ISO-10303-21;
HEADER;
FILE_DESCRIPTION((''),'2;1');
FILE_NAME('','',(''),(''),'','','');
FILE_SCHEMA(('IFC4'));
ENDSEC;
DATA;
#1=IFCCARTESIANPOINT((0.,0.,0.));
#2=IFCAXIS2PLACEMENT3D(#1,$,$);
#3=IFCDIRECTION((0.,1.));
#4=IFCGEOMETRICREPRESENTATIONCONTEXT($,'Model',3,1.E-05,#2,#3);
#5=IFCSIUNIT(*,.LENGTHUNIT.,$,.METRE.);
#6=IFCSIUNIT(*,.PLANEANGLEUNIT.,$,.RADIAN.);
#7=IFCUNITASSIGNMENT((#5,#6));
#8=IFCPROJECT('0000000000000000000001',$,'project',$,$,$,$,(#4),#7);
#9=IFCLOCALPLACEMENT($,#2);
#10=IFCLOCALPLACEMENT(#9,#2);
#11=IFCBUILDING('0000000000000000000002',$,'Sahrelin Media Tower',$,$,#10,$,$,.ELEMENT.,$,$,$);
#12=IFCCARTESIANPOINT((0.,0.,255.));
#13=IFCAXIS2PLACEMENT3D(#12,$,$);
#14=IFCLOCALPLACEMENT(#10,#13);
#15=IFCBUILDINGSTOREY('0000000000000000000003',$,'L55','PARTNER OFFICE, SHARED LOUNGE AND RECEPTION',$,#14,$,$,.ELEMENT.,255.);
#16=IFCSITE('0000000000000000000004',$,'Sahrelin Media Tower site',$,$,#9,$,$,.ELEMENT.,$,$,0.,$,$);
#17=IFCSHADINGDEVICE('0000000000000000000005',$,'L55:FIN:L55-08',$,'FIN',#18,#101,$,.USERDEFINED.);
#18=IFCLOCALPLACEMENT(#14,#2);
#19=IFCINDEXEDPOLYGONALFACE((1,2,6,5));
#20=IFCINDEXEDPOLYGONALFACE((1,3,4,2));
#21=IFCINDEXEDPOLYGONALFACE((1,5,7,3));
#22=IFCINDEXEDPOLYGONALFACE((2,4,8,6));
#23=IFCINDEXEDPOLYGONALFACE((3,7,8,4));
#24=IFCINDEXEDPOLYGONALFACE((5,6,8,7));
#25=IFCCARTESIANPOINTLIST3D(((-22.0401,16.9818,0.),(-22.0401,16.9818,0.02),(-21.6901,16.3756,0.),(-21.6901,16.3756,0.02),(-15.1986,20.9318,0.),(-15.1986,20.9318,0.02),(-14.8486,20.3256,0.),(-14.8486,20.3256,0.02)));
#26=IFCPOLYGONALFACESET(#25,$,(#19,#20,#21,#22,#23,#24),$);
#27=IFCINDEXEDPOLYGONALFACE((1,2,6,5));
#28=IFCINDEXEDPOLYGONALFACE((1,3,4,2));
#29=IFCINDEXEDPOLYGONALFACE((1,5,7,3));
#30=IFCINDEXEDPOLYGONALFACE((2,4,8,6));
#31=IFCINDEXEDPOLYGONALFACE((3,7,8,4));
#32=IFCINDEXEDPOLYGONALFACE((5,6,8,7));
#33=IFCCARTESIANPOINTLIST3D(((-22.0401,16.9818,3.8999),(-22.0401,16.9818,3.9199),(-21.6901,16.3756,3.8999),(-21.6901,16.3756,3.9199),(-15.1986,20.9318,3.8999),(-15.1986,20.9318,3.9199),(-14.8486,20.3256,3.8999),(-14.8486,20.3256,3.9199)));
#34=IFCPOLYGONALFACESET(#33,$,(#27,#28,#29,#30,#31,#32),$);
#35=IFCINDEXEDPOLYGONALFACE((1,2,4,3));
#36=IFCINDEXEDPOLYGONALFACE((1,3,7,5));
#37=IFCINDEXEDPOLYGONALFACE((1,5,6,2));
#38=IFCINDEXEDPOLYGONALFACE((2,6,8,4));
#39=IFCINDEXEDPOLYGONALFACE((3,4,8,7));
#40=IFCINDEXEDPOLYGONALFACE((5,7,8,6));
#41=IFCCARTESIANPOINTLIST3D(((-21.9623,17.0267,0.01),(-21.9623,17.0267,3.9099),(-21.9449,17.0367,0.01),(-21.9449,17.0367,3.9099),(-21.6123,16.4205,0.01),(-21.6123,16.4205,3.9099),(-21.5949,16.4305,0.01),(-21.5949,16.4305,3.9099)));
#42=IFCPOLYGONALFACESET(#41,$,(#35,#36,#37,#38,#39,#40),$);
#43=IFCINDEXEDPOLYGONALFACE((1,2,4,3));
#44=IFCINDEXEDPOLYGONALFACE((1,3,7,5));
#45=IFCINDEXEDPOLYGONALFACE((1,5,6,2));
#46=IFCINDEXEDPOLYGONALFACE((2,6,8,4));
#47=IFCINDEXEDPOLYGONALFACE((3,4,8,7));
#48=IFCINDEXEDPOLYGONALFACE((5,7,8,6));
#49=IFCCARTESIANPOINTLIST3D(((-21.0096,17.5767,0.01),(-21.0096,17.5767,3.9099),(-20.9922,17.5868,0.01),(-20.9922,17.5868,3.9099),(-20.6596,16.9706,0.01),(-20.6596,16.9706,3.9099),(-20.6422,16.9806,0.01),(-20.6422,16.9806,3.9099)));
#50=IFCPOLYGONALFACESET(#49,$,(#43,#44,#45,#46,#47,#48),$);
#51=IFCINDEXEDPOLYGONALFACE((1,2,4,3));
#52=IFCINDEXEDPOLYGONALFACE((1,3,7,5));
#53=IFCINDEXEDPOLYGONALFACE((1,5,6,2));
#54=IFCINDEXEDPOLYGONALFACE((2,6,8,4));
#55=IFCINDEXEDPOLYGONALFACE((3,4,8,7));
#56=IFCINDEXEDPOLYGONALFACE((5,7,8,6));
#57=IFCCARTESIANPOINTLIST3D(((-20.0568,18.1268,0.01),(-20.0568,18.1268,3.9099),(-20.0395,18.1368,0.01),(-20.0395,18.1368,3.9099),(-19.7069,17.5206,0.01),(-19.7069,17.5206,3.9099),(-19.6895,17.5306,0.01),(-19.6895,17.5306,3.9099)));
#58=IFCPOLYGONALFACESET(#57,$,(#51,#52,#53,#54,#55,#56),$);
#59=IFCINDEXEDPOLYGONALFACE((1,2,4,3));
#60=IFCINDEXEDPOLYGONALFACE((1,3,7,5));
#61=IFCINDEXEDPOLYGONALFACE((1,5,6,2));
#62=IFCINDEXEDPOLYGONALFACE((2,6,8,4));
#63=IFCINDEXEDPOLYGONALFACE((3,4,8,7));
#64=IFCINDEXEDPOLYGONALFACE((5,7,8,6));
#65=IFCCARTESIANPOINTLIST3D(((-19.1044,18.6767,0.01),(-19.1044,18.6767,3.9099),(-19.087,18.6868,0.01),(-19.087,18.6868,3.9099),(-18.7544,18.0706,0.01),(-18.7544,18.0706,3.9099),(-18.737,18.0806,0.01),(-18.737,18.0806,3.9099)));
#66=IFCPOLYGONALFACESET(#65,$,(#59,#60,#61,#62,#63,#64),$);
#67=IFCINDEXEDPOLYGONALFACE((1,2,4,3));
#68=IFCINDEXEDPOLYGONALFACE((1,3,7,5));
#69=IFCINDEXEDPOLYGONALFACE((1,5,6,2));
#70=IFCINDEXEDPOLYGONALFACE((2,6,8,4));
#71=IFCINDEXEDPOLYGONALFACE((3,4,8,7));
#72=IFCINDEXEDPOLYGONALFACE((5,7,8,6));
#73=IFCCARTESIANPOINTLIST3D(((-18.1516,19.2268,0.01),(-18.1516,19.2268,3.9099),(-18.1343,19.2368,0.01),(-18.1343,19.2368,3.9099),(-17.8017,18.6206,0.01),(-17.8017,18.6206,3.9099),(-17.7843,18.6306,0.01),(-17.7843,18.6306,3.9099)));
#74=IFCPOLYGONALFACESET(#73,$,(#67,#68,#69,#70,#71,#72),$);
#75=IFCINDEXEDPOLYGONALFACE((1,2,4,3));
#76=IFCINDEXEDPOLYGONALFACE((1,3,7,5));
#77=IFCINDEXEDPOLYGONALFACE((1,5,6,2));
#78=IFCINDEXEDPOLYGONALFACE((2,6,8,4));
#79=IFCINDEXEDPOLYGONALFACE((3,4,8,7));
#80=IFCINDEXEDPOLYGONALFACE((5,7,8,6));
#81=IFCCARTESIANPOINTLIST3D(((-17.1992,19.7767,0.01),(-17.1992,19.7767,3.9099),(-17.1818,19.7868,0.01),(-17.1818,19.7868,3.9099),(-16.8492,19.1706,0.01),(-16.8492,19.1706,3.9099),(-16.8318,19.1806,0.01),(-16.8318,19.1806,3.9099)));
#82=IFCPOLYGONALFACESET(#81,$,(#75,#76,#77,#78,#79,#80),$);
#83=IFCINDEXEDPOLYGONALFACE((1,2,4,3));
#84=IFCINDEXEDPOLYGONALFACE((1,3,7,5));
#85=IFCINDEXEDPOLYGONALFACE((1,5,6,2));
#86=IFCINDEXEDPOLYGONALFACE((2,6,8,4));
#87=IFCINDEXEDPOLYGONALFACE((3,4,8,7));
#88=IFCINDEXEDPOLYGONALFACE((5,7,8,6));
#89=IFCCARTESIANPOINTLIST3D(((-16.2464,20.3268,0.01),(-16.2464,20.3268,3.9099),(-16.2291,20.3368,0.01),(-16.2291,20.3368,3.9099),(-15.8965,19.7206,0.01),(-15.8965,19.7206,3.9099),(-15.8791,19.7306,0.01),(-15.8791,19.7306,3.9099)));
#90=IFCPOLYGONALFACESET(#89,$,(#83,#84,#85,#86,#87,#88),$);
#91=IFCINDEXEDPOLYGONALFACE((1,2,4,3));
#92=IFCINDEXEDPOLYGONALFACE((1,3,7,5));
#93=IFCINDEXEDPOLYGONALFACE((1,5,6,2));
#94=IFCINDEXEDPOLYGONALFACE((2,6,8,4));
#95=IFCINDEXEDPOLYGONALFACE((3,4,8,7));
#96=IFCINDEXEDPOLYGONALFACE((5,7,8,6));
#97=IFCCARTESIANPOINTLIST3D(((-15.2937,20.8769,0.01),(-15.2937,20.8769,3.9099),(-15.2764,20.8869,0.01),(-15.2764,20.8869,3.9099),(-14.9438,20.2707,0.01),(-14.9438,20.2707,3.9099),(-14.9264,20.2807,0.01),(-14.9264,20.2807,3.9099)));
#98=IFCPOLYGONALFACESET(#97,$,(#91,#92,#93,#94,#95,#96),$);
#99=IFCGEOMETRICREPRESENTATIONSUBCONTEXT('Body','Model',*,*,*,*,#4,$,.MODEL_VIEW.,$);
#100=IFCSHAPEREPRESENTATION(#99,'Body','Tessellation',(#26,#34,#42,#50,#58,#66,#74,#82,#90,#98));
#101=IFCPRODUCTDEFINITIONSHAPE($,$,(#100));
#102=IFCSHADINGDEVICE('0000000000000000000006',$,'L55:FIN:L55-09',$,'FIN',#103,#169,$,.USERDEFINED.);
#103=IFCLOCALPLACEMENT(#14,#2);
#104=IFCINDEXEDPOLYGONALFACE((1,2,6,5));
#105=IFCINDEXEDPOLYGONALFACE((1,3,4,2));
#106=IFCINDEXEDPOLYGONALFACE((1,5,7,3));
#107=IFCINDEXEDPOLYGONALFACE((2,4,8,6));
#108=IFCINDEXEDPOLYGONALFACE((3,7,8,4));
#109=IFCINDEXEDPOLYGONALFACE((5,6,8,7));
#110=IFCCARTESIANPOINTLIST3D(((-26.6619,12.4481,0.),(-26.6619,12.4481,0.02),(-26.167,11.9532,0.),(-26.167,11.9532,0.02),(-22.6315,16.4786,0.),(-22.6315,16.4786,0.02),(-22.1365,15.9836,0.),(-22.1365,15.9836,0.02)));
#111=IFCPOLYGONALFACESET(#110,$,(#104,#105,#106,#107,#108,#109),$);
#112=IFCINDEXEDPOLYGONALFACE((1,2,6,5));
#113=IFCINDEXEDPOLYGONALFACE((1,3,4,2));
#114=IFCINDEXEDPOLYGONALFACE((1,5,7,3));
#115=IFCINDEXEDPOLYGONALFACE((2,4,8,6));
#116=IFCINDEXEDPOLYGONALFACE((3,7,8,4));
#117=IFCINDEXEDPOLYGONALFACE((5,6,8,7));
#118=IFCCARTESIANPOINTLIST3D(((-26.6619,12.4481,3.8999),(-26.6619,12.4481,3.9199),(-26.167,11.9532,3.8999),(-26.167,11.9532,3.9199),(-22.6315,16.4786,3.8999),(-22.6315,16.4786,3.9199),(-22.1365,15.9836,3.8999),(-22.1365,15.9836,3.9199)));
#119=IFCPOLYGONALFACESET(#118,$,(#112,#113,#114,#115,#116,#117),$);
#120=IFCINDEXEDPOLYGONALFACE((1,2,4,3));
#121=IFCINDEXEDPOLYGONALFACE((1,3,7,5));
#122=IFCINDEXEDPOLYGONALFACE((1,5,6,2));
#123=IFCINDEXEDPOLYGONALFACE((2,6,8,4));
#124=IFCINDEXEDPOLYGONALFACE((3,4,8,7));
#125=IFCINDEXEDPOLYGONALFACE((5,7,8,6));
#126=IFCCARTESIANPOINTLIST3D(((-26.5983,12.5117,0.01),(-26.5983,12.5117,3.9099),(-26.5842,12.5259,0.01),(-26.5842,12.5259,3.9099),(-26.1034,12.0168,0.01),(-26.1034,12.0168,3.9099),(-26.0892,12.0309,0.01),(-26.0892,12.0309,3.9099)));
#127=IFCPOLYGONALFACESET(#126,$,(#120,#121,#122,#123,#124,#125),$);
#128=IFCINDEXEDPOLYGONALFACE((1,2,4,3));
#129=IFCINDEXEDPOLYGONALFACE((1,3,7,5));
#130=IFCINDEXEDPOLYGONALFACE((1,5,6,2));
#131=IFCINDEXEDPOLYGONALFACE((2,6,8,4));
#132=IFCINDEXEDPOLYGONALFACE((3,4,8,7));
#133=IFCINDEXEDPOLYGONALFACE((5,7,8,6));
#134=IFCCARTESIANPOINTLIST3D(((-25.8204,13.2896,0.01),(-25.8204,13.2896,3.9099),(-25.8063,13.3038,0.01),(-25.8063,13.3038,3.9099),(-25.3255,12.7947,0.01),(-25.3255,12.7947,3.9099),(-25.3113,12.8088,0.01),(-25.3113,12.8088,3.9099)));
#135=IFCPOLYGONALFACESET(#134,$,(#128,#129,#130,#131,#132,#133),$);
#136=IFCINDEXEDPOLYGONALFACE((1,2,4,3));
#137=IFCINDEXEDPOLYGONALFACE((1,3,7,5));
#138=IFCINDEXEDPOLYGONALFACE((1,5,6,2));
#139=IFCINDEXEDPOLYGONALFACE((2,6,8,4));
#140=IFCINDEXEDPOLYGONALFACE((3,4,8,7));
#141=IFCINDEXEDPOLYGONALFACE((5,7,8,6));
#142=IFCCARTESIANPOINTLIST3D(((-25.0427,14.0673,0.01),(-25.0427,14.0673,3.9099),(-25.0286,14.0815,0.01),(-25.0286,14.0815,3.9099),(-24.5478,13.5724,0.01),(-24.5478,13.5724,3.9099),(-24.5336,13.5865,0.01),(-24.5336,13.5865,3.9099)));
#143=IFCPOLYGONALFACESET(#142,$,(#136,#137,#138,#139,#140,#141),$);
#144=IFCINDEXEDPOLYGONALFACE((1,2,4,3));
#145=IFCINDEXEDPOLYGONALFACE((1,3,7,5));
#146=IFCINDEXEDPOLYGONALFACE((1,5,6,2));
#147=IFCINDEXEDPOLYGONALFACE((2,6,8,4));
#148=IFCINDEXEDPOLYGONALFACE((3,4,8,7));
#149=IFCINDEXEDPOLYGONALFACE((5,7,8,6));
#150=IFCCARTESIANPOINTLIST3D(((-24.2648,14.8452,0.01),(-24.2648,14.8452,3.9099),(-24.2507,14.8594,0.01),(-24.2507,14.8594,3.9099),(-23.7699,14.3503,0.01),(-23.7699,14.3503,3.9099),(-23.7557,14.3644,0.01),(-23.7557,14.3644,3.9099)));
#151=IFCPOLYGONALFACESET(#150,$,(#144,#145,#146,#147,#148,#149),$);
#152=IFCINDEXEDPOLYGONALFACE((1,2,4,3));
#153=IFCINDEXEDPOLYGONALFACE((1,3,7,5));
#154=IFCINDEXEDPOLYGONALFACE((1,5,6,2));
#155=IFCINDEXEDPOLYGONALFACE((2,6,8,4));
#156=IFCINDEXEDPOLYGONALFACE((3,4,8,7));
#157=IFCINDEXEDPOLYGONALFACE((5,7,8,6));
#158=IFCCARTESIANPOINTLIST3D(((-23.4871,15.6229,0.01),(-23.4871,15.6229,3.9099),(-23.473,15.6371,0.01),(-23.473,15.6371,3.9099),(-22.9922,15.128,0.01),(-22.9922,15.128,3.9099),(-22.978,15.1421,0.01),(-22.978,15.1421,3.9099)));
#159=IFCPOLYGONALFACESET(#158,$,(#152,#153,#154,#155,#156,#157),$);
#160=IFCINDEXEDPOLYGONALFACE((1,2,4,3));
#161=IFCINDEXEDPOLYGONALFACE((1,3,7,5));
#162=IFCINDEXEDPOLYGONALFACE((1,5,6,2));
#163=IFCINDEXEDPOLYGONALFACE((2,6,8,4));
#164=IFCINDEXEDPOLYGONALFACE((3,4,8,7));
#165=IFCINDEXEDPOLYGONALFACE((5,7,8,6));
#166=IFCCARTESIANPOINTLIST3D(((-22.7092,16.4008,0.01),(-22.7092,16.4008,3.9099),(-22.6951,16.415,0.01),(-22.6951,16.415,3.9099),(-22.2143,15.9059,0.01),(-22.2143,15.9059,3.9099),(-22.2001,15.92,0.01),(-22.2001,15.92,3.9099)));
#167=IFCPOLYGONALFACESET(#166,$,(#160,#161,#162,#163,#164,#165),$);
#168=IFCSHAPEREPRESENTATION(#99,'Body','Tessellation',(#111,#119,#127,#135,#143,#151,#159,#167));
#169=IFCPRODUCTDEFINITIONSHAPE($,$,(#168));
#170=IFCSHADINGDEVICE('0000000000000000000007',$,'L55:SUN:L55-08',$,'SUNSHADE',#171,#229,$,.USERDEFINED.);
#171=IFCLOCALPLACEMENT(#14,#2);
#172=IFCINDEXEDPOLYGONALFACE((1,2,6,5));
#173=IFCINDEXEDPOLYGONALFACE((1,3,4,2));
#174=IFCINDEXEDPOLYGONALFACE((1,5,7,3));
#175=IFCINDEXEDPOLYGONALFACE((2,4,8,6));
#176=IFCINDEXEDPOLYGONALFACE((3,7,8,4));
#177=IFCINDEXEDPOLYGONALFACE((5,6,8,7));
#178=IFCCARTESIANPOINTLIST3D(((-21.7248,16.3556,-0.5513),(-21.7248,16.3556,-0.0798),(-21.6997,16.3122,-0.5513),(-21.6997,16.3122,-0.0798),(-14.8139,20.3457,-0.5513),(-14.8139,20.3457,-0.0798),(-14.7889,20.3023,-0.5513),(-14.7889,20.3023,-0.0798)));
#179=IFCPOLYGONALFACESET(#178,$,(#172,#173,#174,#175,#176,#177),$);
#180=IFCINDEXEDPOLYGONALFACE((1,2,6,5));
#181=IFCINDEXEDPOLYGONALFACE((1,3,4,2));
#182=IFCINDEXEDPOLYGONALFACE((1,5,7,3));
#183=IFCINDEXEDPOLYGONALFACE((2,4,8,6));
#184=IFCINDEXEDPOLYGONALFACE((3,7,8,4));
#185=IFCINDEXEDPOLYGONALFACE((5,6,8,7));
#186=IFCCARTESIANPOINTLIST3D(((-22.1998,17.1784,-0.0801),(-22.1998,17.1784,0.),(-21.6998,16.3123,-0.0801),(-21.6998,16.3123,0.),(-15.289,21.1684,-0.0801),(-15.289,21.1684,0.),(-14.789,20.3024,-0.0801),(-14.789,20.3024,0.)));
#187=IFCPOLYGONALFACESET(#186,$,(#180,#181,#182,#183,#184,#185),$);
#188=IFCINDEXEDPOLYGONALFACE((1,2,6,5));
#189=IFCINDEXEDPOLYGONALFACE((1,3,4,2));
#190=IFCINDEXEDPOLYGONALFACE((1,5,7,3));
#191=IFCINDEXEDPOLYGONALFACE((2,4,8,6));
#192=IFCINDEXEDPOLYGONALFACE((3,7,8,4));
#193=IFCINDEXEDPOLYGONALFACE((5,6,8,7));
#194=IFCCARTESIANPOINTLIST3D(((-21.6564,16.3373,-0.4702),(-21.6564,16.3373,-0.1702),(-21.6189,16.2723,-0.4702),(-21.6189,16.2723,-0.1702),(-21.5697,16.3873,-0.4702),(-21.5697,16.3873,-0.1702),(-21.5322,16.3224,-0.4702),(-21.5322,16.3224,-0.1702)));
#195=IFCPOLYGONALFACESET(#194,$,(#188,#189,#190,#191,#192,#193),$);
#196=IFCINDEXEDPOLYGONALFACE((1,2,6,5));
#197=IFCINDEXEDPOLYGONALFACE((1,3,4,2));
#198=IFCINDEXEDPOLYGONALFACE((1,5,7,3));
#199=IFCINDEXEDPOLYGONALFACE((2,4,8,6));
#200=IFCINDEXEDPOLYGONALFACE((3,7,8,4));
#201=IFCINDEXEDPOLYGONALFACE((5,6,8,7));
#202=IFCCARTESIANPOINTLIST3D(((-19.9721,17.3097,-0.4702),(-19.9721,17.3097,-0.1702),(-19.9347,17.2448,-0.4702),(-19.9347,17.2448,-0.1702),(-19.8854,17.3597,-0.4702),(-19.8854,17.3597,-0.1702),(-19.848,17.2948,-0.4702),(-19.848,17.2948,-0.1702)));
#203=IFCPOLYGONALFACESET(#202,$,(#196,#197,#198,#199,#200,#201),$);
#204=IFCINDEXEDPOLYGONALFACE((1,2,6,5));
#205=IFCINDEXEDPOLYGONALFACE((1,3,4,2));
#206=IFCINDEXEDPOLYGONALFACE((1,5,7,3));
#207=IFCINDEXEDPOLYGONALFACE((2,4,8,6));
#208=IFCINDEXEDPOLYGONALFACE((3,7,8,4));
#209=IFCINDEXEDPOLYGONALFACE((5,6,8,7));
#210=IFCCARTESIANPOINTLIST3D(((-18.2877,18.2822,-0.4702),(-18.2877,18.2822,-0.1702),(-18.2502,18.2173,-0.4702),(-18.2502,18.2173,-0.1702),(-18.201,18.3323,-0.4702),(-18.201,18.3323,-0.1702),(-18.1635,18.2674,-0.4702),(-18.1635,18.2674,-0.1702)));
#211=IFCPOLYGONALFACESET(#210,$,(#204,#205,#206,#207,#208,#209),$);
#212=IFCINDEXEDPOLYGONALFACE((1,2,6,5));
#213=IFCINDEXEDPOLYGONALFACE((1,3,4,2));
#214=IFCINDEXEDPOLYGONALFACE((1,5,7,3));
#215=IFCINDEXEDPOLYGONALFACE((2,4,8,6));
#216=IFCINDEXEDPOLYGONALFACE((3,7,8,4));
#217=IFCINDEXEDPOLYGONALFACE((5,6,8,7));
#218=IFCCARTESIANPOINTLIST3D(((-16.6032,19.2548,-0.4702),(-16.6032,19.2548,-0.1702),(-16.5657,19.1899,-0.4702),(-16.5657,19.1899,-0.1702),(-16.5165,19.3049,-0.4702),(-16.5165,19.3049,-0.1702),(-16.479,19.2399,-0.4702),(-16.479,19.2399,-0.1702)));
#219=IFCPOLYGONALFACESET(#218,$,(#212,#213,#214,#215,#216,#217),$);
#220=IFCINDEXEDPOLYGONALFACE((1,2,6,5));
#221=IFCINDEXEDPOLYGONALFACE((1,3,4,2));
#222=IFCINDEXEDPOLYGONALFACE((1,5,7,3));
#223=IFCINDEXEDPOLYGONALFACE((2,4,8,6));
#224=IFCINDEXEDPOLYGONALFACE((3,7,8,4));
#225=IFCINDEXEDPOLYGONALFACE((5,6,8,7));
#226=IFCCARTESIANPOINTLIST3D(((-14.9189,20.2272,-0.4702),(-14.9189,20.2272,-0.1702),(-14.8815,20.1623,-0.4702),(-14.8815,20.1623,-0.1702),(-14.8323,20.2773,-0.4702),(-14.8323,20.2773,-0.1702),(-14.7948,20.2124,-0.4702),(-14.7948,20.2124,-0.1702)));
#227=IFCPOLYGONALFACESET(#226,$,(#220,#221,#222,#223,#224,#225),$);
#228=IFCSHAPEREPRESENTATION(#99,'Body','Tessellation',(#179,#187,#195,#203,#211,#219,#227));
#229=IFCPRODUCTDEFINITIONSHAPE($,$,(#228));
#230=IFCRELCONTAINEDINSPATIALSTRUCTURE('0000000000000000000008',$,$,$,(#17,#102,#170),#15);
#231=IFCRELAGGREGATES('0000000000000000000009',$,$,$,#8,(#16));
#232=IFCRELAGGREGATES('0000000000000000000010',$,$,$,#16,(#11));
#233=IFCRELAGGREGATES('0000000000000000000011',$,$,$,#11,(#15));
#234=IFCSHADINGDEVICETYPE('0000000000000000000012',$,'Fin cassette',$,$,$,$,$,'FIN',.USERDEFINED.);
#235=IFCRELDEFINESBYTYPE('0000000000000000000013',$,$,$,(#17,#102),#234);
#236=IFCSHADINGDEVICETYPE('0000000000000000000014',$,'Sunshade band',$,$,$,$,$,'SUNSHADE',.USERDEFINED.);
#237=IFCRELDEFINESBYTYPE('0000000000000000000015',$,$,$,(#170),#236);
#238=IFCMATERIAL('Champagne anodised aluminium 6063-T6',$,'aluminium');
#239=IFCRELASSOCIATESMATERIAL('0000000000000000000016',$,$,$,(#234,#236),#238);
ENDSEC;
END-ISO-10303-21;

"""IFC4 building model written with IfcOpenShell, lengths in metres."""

from ifc_helpers import new_model, si_unit, direction, frame, origin, origin_2d, place, context, subcontext, project, spatial, rectangle, extrude, material, type_object, element, save


model = new_model("IFC4")

# Units and contexts
model_context = context("Model", 3, precision=1e-05, world=origin(), true_north=direction((0.0, 1.0)))
body_context = subcontext(model_context, "Body", "Model", "MODEL_VIEW")
ifc_project = project(units=[si_unit("LENGTHUNIT", "METRE"), si_unit("PLANEANGLEUNIT", "RADIAN")], contexts=[model_context])

# Site, building, storey
site_placement = place(None, origin())
site = spatial("IfcSite", under=ifc_project, at=site_placement, Name="Sahrelin Media Tower site", CompositionType="ELEMENT", RefElevation=0.0)
building_placement = place(site_placement, origin())
building = spatial("IfcBuilding", under=site, at=building_placement, Name="Sahrelin Media Tower", CompositionType="ELEMENT")
storey_placement = place(building_placement, frame((0.0, 0.0, 255.0)))
storey = spatial("IfcBuildingStorey", under=building, at=storey_placement, Name="L55", Description="PARTNER OFFICE, SHARED LOUNGE AND RECEPTION", CompositionType="ELEMENT", Elevation=255.0)

# Shared definitions
ifc_material_1 = material(Name="Champagne anodised aluminium 6063-T6", Category="aluminium")

# Shading devices
shading_device_type_1 = type_object("IfcShadingDeviceType", Name="Fin cassette", ElementType="FIN", PredefinedType="USERDEFINED", material=ifc_material_1)
placement_1 = place(storey_placement, frame((-18.2344, 18.29, 0.0), z_axis=(0.0, 0.0, 1.0), x_axis=(0.866019, 0.500011, 0.0)))
element("IfcShadingDevice", 1, at=placement_1, inside=storey, type_object=shading_device_type_1, Name="L55:FIN:L55-08", ObjectType="FIN", PredefinedType="USERDEFINED", context=body_context, shape_type="SweptSolid", body=[
    extrude(rectangle(XDim=7.8999, YDim=0.7, at=origin_2d()), frame((0.0, 0.4199, 0.0)), (0.0, 0.0, 1.0), 0.02),
    extrude(rectangle(XDim=7.8999, YDim=0.7, at=origin_2d()), frame((0.0, 0.4199, 3.8999)), (0.0, 0.0, 1.0), 0.02),
    extrude(rectangle(XDim=0.02, YDim=0.7, at=origin_2d()), frame((-3.8501, 0.4199, 0.01), z_axis=(0.0, 0.0, 1.0), x_axis=(1.0, 0.0, 0.0)), (0.0, 0.0, 1.0), 3.8999),
    extrude(rectangle(XDim=0.02, YDim=0.7, at=origin_2d()), frame((-2.75, 0.4199, 0.01), z_axis=(0.0, 0.0, 1.0), x_axis=(1.0, 0.0, 0.0)), (0.0, 0.0, 1.0), 3.8999),
    extrude(rectangle(XDim=0.02, YDim=0.7, at=origin_2d()), frame((-1.6499, 0.4199, 0.01), z_axis=(0.0, 0.0, 1.0), x_axis=(1.0, 0.0, 0.0)), (0.0, 0.0, 1.0), 3.8999),
    extrude(rectangle(XDim=0.02, YDim=0.7, at=origin_2d()), frame((-0.55, 0.4199, 0.01), z_axis=(0.0, 0.0, 1.0), x_axis=(1.0, 0.0, 0.0)), (0.0, 0.0, 1.0), 3.8999),
    extrude(rectangle(XDim=0.02, YDim=0.7, at=origin_2d()), frame((0.55, 0.4199, 0.01), z_axis=(0.0, 0.0, 1.0), x_axis=(1.0, 0.0, 0.0)), (0.0, 0.0, 1.0), 3.8999),
    extrude(rectangle(XDim=0.02, YDim=0.7, at=origin_2d()), frame((1.6499, 0.4199, 0.01), z_axis=(0.0, 0.0, 1.0), x_axis=(1.0, 0.0, 0.0)), (0.0, 0.0, 1.0), 3.8999),
    extrude(rectangle(XDim=0.02, YDim=0.7, at=origin_2d()), frame((2.75, 0.4199, 0.01), z_axis=(0.0, 0.0, 1.0), x_axis=(1.0, 0.0, 0.0)), (0.0, 0.0, 1.0), 3.8999),
    extrude(rectangle(XDim=0.02, YDim=0.7, at=origin_2d()), frame((3.8501, 0.4199, 0.01), z_axis=(0.0, 0.0, 1.0), x_axis=(1.0, 0.0, 0.0)), (0.0, 0.0, 1.0), 3.8999),
])
placement_2 = place(storey_placement, frame((-24.1023, 13.9189, 0.0), z_axis=(0.0, 0.0, 1.0), x_axis=(0.707107, 0.707107, 0.0)))
element("IfcShadingDevice", 2, at=placement_2, inside=storey, type_object=shading_device_type_1, Name="L55:FIN:L55-09", ObjectType="FIN", PredefinedType="USERDEFINED", context=body_context, shape_type="SweptSolid", body=[
    extrude(rectangle(XDim=5.7, YDim=0.7, at=origin_2d()), frame((0.0, 0.4199, 0.0)), (0.0, 0.0, 1.0), 0.02),
    extrude(rectangle(XDim=5.7, YDim=0.7, at=origin_2d()), frame((0.0, 0.4199, 3.8999)), (0.0, 0.0, 1.0), 0.02),
    extrude(rectangle(XDim=0.02, YDim=0.7, at=origin_2d()), frame((-2.75, 0.4199, 0.01), z_axis=(0.0, 0.0, 1.0), x_axis=(1.0, 0.0, 0.0)), (0.0, 0.0, 1.0), 3.8999),
    extrude(rectangle(XDim=0.02, YDim=0.7, at=origin_2d()), frame((-1.6499, 0.4199, 0.01), z_axis=(0.0, 0.0, 1.0), x_axis=(1.0, 0.0, 0.0)), (0.0, 0.0, 1.0), 3.8999),
    extrude(rectangle(XDim=0.02, YDim=0.7, at=origin_2d()), frame((-0.55, 0.4199, 0.01), z_axis=(0.0, 0.0, 1.0), x_axis=(1.0, 0.0, 0.0)), (0.0, 0.0, 1.0), 3.8999),
    extrude(rectangle(XDim=0.02, YDim=0.7, at=origin_2d()), frame((0.55, 0.4199, 0.01), z_axis=(0.0, 0.0, 1.0), x_axis=(1.0, 0.0, 0.0)), (0.0, 0.0, 1.0), 3.8999),
    extrude(rectangle(XDim=0.02, YDim=0.7, at=origin_2d()), frame((1.6499, 0.4199, 0.01), z_axis=(0.0, 0.0, 1.0), x_axis=(1.0, 0.0, 0.0)), (0.0, 0.0, 1.0), 3.8999),
    extrude(rectangle(XDim=0.02, YDim=0.7, at=origin_2d()), frame((2.75, 0.4199, 0.01), z_axis=(0.0, 0.0, 1.0), x_axis=(1.0, 0.0, 0.0)), (0.0, 0.0, 1.0), 3.8999),
])
shading_device_type_2 = type_object("IfcShadingDeviceType", Name="Sunshade band", ElementType="SUNSHADE", PredefinedType="USERDEFINED", material=ifc_material_1)
element("IfcShadingDevice", 3, at=placement_1, inside=storey, type_object=shading_device_type_2, Name="L55:SUN:L55-08", ObjectType="SUNSHADE", PredefinedType="USERDEFINED", context=body_context, shape_type="SweptSolid", body=[
    extrude(rectangle(XDim=7.98, YDim=0.05, at=origin_2d()), frame((0.0, 0.0449, -0.5513)), (0.0, 0.0, 1.0), 0.4714),
    extrude(rectangle(XDim=7.98, YDim=1.0, at=origin_2d()), frame((0.0, 0.52, -0.0801)), (0.0, 0.0, 1.0), 0.0801),
    extrude(rectangle(XDim=0.1001, YDim=0.075, at=origin_2d()), frame((-3.8899, -0.0176, -0.4702)), (0.0, 0.0, 1.0), 0.3),
    extrude(rectangle(XDim=0.1001, YDim=0.075, at=origin_2d()), frame((-1.9451, -0.0176, -0.4702)), (0.0, 0.0, 1.0), 0.3),
    extrude(rectangle(XDim=0.1001, YDim=0.075, at=origin_2d()), frame((0.0, -0.0176, -0.4702)), (0.0, 0.0, 1.0), 0.3),
    extrude(rectangle(XDim=0.1001, YDim=0.075, at=origin_2d()), frame((1.9451, -0.0176, -0.4702)), (0.0, 0.0, 1.0), 0.3),
    extrude(rectangle(XDim=0.1001, YDim=0.075, at=origin_2d()), frame((3.8899, -0.0176, -0.4702)), (0.0, 0.0, 1.0), 0.3),
])

save(model, "model.ifc")
